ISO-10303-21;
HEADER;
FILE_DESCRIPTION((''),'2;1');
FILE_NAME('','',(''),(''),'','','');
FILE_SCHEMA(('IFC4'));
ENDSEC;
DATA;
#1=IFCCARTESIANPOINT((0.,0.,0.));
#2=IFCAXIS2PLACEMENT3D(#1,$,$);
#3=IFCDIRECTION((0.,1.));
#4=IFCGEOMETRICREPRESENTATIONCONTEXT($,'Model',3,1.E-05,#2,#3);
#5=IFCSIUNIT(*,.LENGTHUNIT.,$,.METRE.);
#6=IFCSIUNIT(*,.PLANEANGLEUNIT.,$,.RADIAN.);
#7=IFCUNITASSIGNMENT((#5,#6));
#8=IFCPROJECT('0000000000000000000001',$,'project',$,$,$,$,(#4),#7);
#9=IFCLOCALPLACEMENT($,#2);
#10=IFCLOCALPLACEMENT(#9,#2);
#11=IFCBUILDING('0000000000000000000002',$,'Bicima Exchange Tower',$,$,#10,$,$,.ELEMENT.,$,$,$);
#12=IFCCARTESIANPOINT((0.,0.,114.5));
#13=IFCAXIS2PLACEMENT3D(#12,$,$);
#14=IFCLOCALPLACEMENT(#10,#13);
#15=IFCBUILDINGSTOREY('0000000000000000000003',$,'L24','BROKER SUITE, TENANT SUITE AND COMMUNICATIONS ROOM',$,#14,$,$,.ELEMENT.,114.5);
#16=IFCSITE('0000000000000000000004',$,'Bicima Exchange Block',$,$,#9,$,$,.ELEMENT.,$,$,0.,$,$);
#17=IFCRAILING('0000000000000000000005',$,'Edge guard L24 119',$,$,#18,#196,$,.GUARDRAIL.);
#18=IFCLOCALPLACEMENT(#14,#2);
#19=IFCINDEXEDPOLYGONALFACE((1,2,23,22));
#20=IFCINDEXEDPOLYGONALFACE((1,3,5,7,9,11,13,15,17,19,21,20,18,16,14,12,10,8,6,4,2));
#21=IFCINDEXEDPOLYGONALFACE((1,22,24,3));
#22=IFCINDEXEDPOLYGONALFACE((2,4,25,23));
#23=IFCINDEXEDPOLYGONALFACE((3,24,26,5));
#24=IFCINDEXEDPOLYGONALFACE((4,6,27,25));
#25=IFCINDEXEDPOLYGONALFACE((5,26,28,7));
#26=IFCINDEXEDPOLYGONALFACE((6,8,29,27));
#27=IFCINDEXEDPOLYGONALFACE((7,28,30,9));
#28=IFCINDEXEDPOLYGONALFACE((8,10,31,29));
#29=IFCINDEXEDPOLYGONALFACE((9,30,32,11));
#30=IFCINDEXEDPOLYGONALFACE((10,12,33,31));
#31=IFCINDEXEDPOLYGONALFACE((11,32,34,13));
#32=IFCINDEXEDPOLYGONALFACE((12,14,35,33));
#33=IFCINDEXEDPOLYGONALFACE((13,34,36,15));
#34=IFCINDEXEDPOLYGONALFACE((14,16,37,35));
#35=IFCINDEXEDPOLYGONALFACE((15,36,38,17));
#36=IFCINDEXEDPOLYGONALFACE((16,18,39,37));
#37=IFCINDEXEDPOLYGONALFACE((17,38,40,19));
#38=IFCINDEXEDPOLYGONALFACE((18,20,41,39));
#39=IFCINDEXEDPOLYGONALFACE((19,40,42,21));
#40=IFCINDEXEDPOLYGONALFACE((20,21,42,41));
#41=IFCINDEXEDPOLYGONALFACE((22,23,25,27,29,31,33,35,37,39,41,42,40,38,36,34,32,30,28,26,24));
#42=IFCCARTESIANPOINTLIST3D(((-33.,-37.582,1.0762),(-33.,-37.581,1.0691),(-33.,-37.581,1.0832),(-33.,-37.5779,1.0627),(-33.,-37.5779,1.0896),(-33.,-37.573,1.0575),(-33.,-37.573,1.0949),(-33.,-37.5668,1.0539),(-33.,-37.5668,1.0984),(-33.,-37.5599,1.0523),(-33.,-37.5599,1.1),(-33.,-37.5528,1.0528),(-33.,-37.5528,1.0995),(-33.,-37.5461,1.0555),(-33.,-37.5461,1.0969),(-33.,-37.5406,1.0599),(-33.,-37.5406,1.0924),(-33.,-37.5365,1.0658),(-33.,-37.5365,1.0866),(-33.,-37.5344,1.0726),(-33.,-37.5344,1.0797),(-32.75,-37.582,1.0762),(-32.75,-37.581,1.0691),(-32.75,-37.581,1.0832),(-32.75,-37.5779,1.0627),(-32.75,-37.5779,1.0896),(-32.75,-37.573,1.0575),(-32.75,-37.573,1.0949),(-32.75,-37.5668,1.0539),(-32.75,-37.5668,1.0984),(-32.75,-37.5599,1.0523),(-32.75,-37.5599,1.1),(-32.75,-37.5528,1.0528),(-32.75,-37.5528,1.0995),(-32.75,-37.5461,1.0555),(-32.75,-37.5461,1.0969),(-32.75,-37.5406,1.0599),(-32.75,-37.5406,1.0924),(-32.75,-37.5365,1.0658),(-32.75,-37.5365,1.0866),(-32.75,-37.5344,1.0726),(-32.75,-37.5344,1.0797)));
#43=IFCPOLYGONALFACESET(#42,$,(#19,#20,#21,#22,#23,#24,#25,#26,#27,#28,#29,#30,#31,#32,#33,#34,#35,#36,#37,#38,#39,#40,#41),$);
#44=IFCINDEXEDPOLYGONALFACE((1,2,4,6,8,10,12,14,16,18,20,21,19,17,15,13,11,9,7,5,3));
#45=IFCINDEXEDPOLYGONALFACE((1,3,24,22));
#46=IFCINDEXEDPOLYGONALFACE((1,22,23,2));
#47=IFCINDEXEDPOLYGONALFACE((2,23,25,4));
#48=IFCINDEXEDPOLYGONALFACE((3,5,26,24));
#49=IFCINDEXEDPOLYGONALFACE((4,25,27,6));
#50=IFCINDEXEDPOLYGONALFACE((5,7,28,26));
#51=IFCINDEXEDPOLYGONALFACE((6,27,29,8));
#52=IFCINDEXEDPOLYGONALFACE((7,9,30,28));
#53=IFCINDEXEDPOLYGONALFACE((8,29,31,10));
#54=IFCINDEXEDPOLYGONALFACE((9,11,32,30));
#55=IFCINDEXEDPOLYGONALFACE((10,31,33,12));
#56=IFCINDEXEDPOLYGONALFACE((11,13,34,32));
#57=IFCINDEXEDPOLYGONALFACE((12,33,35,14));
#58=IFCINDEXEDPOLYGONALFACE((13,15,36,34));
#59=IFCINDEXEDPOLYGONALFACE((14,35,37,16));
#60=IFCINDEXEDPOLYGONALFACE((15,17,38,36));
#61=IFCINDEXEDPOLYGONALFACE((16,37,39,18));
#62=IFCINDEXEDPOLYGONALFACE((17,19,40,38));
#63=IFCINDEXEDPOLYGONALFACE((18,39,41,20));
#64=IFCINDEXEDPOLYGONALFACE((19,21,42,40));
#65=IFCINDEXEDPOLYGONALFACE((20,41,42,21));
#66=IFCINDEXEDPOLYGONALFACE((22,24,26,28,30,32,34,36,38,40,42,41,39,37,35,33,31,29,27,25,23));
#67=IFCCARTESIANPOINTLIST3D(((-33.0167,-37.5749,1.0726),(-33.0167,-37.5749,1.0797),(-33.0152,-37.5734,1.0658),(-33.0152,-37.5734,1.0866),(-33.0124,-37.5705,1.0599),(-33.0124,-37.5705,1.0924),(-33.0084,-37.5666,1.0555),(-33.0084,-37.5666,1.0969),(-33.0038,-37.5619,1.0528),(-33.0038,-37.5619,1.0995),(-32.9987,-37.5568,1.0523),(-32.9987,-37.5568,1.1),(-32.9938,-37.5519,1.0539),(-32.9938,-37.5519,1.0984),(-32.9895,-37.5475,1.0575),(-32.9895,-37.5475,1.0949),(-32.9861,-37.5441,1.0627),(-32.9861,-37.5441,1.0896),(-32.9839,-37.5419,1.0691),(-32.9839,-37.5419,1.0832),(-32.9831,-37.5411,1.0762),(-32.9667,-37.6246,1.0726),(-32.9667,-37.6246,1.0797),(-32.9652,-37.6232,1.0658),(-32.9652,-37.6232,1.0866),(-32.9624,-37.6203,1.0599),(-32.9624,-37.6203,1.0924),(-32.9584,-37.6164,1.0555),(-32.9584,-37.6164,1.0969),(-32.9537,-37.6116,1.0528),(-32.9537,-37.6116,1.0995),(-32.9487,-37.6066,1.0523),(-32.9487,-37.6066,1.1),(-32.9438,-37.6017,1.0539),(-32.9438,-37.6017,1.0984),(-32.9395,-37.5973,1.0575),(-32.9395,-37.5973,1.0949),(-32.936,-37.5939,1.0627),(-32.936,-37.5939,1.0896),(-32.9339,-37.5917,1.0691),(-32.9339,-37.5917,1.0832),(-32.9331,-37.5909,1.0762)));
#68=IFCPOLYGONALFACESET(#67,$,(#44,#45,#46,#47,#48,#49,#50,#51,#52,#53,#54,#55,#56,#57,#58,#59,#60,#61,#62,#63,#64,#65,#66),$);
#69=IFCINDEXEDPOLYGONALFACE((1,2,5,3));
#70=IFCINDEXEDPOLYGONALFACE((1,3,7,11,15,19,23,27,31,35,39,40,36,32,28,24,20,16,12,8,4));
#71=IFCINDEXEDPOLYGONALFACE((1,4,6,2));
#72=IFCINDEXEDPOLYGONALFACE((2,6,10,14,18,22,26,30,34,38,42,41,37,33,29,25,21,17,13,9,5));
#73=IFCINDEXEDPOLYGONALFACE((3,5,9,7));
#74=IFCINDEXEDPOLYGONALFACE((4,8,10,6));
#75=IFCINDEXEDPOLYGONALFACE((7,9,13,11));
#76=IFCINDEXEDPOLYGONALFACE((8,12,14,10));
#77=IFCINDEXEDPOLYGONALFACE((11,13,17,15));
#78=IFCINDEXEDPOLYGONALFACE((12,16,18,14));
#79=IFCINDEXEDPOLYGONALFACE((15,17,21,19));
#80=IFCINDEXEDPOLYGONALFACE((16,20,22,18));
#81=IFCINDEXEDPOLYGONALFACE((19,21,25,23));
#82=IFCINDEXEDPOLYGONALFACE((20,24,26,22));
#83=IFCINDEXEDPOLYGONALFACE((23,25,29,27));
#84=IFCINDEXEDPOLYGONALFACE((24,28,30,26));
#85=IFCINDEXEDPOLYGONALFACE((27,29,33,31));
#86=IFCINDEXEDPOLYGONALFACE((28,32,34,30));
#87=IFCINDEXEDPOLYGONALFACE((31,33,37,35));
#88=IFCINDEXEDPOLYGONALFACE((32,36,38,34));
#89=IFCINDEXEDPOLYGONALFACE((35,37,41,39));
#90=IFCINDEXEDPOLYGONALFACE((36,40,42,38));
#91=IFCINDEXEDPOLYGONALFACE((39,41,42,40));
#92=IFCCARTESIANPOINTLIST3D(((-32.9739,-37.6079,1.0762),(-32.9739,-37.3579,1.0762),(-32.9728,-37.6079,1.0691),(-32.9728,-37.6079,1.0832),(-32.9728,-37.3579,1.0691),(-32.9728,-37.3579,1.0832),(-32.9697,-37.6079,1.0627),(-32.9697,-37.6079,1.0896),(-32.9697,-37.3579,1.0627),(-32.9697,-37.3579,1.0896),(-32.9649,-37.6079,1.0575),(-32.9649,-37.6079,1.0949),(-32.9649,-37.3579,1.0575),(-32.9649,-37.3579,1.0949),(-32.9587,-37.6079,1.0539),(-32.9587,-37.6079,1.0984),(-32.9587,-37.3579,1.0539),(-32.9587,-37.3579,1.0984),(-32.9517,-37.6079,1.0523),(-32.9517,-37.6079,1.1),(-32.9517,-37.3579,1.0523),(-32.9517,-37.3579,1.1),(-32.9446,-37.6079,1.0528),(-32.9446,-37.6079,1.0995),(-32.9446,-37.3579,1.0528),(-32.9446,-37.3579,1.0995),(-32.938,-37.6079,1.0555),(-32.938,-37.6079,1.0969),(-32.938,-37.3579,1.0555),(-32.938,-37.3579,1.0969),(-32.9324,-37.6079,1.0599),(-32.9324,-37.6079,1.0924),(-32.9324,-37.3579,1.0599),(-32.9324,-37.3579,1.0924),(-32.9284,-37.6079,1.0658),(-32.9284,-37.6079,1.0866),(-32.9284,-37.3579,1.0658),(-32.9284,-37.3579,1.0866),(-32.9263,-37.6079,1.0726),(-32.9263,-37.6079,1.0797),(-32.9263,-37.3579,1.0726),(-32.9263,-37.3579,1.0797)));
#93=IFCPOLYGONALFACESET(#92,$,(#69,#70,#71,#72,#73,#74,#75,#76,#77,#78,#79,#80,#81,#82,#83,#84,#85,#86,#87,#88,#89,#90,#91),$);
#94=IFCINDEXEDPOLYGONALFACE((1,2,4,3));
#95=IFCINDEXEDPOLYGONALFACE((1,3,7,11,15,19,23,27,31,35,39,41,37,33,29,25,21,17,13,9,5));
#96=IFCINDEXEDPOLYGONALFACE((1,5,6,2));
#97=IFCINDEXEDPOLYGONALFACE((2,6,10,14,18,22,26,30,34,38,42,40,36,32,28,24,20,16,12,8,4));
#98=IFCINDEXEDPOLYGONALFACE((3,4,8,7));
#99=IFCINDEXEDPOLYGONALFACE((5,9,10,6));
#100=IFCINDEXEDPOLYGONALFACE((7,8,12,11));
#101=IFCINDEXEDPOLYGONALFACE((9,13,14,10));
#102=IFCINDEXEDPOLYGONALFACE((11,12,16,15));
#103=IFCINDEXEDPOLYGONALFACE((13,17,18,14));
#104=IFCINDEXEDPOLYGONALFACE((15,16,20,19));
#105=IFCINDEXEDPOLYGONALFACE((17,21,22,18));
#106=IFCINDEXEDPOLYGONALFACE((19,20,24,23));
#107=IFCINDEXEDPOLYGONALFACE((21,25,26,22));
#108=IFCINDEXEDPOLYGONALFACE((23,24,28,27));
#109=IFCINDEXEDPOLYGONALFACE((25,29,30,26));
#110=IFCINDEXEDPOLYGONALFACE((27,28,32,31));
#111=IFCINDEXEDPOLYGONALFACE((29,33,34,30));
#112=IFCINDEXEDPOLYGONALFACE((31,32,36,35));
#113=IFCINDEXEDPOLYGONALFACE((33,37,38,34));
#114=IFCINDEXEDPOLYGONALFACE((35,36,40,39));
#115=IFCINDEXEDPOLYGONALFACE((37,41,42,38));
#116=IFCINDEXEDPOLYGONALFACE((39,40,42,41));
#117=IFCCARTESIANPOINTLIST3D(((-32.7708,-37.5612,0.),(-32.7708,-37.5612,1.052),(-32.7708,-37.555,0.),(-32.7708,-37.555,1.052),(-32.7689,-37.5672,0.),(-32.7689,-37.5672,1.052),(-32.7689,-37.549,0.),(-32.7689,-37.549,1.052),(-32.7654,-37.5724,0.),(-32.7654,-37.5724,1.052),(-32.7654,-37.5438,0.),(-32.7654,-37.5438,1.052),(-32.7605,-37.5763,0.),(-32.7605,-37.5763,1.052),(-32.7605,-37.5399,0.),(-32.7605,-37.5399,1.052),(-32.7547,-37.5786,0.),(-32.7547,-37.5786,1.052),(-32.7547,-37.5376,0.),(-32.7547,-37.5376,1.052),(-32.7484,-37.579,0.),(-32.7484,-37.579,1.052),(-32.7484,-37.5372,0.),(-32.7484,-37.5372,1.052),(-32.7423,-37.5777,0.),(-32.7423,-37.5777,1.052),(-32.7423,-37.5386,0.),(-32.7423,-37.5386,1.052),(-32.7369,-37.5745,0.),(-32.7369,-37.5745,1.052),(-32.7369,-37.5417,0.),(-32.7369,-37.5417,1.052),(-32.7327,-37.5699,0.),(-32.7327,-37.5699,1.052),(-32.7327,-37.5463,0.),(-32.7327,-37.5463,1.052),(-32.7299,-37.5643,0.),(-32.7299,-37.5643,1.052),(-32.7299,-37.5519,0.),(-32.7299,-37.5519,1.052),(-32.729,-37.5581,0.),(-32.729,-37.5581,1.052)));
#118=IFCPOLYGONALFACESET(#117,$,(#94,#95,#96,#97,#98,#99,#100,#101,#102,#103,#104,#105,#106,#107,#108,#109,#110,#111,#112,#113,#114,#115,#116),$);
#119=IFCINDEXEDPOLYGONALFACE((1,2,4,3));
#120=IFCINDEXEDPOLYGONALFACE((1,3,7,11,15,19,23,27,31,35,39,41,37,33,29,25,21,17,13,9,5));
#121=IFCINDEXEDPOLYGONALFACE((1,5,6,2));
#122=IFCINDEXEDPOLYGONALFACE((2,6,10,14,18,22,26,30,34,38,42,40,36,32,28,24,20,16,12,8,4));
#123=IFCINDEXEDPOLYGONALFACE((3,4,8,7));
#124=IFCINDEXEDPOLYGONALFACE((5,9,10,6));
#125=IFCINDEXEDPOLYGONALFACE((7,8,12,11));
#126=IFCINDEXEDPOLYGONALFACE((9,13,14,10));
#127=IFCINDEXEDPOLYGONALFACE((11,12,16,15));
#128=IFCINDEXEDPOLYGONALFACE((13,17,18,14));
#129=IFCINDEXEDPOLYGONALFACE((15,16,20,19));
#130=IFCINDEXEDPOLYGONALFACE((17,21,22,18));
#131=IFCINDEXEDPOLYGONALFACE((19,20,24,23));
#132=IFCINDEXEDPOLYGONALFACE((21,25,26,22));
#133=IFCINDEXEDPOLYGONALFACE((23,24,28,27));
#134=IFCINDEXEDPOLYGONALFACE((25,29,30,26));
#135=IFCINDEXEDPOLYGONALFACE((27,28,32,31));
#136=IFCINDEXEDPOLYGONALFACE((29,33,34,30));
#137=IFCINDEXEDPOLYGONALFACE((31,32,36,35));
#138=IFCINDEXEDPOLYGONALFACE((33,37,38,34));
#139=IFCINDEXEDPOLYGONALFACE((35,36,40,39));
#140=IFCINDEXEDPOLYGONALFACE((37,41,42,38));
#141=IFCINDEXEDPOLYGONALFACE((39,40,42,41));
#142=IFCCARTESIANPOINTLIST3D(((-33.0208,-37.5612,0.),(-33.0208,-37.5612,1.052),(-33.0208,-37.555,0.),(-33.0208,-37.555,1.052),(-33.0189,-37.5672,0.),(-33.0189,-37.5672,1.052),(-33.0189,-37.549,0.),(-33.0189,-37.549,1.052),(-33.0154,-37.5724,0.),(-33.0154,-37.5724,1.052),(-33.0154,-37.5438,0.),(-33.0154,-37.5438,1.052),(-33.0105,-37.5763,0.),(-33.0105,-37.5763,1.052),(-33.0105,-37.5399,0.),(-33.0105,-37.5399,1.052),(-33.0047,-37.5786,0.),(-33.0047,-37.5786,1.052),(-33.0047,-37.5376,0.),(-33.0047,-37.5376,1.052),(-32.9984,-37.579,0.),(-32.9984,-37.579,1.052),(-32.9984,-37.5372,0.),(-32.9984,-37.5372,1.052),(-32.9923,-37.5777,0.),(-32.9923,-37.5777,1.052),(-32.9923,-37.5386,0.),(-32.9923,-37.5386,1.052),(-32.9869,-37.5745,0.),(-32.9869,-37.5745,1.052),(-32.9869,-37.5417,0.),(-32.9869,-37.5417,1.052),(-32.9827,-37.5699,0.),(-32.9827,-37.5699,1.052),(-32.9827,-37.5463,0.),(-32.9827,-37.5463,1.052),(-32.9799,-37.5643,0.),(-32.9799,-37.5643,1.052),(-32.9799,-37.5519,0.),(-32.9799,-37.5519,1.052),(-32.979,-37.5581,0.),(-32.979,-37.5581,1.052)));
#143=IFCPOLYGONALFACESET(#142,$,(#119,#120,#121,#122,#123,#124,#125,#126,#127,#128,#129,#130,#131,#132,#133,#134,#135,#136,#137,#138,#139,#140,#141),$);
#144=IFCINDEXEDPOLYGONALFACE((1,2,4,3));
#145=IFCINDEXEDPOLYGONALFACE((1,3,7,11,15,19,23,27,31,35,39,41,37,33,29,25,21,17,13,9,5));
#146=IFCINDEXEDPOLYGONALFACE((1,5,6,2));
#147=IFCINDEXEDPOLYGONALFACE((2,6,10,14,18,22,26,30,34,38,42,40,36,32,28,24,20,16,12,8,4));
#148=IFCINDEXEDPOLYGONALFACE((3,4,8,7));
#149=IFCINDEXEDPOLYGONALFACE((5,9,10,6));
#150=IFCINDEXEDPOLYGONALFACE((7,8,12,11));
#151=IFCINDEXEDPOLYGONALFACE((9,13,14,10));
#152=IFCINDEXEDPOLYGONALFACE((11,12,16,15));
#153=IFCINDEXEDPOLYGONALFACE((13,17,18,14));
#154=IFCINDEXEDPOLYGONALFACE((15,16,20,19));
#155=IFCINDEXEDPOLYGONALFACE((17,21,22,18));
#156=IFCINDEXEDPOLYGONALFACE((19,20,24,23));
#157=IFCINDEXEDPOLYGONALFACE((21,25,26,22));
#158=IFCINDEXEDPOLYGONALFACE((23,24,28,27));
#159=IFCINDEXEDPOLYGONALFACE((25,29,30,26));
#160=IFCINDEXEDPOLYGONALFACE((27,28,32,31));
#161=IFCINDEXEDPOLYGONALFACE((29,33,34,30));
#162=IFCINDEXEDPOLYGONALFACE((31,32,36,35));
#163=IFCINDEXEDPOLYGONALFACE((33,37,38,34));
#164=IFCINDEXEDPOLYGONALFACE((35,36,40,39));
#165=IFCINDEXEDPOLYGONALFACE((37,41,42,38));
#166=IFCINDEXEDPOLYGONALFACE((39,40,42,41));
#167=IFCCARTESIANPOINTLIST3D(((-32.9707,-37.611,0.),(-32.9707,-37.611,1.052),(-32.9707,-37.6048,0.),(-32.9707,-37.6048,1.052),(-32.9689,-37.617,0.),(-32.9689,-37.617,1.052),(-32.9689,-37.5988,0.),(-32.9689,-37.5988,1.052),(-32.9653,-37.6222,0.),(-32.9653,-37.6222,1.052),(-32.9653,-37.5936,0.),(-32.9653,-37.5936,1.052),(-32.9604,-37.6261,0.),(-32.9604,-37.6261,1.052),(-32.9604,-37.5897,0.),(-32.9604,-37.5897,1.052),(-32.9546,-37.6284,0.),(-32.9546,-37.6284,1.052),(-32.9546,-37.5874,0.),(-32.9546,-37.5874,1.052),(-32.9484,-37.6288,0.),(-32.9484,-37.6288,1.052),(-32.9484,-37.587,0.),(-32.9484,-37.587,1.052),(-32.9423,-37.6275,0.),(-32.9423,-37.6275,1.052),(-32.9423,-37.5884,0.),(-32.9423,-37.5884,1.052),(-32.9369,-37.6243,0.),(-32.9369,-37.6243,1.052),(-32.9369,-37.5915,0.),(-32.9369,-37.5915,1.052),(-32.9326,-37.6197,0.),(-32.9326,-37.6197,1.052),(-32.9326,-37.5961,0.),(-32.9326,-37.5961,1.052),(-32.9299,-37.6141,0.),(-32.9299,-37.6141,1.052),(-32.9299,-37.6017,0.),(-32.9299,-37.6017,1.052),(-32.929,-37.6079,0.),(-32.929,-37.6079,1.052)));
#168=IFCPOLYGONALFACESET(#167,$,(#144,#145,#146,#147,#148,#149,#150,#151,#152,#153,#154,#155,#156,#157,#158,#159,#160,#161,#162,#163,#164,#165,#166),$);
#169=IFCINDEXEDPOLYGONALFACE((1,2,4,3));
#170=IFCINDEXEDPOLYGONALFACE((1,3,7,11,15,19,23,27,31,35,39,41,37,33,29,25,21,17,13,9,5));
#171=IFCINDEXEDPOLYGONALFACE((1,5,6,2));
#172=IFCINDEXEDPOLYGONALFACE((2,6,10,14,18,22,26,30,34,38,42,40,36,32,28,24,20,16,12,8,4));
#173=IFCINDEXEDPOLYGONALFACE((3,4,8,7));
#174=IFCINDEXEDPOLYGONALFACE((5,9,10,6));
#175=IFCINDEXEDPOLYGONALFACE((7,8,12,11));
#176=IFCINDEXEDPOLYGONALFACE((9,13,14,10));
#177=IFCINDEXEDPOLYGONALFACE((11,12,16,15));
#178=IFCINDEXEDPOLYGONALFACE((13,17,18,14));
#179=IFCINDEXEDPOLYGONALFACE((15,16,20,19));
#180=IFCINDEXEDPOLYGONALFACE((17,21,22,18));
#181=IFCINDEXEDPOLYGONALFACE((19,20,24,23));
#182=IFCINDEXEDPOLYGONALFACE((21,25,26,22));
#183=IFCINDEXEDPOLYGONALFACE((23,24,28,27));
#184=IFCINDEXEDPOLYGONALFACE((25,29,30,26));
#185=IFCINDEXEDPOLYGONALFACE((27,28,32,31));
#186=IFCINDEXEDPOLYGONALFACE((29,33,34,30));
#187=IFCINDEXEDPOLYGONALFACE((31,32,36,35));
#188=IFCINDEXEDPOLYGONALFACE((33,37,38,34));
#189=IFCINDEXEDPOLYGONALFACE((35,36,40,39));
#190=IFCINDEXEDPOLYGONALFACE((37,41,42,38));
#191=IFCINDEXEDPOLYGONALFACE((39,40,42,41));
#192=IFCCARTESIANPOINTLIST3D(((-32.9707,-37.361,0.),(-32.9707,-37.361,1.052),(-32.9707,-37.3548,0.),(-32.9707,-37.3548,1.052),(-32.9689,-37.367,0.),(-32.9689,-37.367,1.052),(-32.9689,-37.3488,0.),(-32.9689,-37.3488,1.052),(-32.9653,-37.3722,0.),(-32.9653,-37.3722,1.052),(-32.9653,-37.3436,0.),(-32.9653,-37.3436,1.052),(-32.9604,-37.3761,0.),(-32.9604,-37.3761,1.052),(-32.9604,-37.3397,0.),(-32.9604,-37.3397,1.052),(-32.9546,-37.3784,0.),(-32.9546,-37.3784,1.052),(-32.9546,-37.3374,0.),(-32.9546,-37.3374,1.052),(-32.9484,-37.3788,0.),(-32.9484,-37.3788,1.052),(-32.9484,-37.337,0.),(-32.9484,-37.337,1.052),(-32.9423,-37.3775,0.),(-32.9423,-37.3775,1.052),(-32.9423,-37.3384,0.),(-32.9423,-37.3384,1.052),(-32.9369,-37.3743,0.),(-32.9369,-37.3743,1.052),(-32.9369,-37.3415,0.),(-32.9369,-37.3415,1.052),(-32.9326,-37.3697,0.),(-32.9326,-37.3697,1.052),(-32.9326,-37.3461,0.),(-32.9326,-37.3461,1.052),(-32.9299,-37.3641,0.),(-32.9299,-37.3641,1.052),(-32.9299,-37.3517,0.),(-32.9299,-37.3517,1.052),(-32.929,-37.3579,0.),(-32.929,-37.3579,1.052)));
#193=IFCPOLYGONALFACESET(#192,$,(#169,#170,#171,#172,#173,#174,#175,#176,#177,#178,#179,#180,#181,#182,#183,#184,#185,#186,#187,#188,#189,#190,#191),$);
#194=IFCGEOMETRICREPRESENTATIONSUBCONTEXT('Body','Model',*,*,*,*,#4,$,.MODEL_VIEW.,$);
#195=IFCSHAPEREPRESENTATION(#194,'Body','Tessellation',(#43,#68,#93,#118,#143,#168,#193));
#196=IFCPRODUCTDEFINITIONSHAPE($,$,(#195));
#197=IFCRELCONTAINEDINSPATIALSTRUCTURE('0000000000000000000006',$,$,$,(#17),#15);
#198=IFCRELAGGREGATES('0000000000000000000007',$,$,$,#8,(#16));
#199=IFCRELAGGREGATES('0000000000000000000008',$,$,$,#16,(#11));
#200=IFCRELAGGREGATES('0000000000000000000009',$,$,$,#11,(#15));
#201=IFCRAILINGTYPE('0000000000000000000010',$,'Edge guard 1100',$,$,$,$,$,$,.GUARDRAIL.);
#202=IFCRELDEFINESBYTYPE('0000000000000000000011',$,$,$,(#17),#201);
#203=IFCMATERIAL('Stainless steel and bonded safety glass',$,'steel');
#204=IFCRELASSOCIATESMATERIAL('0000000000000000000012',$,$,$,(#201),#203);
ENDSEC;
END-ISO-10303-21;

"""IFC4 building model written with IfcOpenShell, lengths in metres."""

from ifc_helpers import new_model, si_unit, direction, frame, origin, origin_2d, place, context, subcontext, project, spatial, circle, extrude, material, type_object, element, save


model = new_model("IFC4")

# Units and contexts
model_context = context("Model", 3, precision=1e-05, world=origin(), true_north=direction((0.0, 1.0)))
body_context = subcontext(model_context, "Body", "Model", "MODEL_VIEW")
ifc_project = project(units=[si_unit("LENGTHUNIT", "METRE"), si_unit("PLANEANGLEUNIT", "RADIAN")], contexts=[model_context])

# Site, building, storey
site_placement = place(None, origin())
site = spatial("IfcSite", under=ifc_project, at=site_placement, Name="Bicima Exchange Block", CompositionType="ELEMENT", RefElevation=0.0)
building_placement = place(site_placement, origin())
building = spatial("IfcBuilding", under=site, at=building_placement, Name="Bicima Exchange Tower", CompositionType="ELEMENT")
storey_placement = place(building_placement, frame((0.0, 0.0, 114.5)))
storey = spatial("IfcBuildingStorey", under=building, at=storey_placement, Name="L24", Description="BROKER SUITE, TENANT SUITE AND COMMUNICATIONS ROOM", CompositionType="ELEMENT", Elevation=114.5)

# Railing
ifc_material_1 = material(Name="Stainless steel and bonded safety glass", Category="steel")
railing_type = type_object("IfcRailingType", Name="Edge guard 1100", PredefinedType="GUARDRAIL", material=ifc_material_1)
railing_1_placement = place(storey_placement, frame((-32.75, -37.5581, 0.0)))
element("IfcRailing", 1, at=railing_1_placement, inside=storey, type_object=railing_type, Name="Edge guard L24 119", PredefinedType="GUARDRAIL", context=body_context, shape_type="SweptSolid", body=[
    extrude(circle(Radius=0.0239, at=origin_2d()), frame((0.0, 0.0, 1.0762), z_axis=(-1.0, 0.0, 0.0), x_axis=(0.0, -1.0, 0.0)), (0.0, 0.0, 1.0), 0.25),
    extrude(circle(Radius=0.0239, at=origin_2d()), frame((-0.25, 0.0, 1.0762), z_axis=(0.708834, -0.705376, 0.0), x_axis=(0.705376, 0.708834, 0.0)), (0.0, 0.0, 1.0), 0.0706),
    extrude(circle(Radius=0.0239, at=origin_2d()), frame((-0.2, -0.0498, 1.0762), z_axis=(0.0, 1.0, 0.0), x_axis=(-1.0, 0.0, 0.0)), (0.0, 0.0, 1.0), 0.25),
    extrude(circle(Radius=0.021, at=origin_2d()), origin(), (0.0, 0.0, 1.0), 1.052),
    extrude(circle(Radius=0.021, at=origin_2d()), frame((-0.25, 0.0, 0.0)), (0.0, 0.0, 1.0), 1.052),
    extrude(circle(Radius=0.021, at=origin_2d()), frame((-0.2, -0.0498, 0.0)), (0.0, 0.0, 1.0), 1.052),
    extrude(circle(Radius=0.021, at=origin_2d()), frame((-0.2, 0.2002, 0.0)), (0.0, 0.0, 1.0), 1.052),
])

save(model, "model.ifc")
